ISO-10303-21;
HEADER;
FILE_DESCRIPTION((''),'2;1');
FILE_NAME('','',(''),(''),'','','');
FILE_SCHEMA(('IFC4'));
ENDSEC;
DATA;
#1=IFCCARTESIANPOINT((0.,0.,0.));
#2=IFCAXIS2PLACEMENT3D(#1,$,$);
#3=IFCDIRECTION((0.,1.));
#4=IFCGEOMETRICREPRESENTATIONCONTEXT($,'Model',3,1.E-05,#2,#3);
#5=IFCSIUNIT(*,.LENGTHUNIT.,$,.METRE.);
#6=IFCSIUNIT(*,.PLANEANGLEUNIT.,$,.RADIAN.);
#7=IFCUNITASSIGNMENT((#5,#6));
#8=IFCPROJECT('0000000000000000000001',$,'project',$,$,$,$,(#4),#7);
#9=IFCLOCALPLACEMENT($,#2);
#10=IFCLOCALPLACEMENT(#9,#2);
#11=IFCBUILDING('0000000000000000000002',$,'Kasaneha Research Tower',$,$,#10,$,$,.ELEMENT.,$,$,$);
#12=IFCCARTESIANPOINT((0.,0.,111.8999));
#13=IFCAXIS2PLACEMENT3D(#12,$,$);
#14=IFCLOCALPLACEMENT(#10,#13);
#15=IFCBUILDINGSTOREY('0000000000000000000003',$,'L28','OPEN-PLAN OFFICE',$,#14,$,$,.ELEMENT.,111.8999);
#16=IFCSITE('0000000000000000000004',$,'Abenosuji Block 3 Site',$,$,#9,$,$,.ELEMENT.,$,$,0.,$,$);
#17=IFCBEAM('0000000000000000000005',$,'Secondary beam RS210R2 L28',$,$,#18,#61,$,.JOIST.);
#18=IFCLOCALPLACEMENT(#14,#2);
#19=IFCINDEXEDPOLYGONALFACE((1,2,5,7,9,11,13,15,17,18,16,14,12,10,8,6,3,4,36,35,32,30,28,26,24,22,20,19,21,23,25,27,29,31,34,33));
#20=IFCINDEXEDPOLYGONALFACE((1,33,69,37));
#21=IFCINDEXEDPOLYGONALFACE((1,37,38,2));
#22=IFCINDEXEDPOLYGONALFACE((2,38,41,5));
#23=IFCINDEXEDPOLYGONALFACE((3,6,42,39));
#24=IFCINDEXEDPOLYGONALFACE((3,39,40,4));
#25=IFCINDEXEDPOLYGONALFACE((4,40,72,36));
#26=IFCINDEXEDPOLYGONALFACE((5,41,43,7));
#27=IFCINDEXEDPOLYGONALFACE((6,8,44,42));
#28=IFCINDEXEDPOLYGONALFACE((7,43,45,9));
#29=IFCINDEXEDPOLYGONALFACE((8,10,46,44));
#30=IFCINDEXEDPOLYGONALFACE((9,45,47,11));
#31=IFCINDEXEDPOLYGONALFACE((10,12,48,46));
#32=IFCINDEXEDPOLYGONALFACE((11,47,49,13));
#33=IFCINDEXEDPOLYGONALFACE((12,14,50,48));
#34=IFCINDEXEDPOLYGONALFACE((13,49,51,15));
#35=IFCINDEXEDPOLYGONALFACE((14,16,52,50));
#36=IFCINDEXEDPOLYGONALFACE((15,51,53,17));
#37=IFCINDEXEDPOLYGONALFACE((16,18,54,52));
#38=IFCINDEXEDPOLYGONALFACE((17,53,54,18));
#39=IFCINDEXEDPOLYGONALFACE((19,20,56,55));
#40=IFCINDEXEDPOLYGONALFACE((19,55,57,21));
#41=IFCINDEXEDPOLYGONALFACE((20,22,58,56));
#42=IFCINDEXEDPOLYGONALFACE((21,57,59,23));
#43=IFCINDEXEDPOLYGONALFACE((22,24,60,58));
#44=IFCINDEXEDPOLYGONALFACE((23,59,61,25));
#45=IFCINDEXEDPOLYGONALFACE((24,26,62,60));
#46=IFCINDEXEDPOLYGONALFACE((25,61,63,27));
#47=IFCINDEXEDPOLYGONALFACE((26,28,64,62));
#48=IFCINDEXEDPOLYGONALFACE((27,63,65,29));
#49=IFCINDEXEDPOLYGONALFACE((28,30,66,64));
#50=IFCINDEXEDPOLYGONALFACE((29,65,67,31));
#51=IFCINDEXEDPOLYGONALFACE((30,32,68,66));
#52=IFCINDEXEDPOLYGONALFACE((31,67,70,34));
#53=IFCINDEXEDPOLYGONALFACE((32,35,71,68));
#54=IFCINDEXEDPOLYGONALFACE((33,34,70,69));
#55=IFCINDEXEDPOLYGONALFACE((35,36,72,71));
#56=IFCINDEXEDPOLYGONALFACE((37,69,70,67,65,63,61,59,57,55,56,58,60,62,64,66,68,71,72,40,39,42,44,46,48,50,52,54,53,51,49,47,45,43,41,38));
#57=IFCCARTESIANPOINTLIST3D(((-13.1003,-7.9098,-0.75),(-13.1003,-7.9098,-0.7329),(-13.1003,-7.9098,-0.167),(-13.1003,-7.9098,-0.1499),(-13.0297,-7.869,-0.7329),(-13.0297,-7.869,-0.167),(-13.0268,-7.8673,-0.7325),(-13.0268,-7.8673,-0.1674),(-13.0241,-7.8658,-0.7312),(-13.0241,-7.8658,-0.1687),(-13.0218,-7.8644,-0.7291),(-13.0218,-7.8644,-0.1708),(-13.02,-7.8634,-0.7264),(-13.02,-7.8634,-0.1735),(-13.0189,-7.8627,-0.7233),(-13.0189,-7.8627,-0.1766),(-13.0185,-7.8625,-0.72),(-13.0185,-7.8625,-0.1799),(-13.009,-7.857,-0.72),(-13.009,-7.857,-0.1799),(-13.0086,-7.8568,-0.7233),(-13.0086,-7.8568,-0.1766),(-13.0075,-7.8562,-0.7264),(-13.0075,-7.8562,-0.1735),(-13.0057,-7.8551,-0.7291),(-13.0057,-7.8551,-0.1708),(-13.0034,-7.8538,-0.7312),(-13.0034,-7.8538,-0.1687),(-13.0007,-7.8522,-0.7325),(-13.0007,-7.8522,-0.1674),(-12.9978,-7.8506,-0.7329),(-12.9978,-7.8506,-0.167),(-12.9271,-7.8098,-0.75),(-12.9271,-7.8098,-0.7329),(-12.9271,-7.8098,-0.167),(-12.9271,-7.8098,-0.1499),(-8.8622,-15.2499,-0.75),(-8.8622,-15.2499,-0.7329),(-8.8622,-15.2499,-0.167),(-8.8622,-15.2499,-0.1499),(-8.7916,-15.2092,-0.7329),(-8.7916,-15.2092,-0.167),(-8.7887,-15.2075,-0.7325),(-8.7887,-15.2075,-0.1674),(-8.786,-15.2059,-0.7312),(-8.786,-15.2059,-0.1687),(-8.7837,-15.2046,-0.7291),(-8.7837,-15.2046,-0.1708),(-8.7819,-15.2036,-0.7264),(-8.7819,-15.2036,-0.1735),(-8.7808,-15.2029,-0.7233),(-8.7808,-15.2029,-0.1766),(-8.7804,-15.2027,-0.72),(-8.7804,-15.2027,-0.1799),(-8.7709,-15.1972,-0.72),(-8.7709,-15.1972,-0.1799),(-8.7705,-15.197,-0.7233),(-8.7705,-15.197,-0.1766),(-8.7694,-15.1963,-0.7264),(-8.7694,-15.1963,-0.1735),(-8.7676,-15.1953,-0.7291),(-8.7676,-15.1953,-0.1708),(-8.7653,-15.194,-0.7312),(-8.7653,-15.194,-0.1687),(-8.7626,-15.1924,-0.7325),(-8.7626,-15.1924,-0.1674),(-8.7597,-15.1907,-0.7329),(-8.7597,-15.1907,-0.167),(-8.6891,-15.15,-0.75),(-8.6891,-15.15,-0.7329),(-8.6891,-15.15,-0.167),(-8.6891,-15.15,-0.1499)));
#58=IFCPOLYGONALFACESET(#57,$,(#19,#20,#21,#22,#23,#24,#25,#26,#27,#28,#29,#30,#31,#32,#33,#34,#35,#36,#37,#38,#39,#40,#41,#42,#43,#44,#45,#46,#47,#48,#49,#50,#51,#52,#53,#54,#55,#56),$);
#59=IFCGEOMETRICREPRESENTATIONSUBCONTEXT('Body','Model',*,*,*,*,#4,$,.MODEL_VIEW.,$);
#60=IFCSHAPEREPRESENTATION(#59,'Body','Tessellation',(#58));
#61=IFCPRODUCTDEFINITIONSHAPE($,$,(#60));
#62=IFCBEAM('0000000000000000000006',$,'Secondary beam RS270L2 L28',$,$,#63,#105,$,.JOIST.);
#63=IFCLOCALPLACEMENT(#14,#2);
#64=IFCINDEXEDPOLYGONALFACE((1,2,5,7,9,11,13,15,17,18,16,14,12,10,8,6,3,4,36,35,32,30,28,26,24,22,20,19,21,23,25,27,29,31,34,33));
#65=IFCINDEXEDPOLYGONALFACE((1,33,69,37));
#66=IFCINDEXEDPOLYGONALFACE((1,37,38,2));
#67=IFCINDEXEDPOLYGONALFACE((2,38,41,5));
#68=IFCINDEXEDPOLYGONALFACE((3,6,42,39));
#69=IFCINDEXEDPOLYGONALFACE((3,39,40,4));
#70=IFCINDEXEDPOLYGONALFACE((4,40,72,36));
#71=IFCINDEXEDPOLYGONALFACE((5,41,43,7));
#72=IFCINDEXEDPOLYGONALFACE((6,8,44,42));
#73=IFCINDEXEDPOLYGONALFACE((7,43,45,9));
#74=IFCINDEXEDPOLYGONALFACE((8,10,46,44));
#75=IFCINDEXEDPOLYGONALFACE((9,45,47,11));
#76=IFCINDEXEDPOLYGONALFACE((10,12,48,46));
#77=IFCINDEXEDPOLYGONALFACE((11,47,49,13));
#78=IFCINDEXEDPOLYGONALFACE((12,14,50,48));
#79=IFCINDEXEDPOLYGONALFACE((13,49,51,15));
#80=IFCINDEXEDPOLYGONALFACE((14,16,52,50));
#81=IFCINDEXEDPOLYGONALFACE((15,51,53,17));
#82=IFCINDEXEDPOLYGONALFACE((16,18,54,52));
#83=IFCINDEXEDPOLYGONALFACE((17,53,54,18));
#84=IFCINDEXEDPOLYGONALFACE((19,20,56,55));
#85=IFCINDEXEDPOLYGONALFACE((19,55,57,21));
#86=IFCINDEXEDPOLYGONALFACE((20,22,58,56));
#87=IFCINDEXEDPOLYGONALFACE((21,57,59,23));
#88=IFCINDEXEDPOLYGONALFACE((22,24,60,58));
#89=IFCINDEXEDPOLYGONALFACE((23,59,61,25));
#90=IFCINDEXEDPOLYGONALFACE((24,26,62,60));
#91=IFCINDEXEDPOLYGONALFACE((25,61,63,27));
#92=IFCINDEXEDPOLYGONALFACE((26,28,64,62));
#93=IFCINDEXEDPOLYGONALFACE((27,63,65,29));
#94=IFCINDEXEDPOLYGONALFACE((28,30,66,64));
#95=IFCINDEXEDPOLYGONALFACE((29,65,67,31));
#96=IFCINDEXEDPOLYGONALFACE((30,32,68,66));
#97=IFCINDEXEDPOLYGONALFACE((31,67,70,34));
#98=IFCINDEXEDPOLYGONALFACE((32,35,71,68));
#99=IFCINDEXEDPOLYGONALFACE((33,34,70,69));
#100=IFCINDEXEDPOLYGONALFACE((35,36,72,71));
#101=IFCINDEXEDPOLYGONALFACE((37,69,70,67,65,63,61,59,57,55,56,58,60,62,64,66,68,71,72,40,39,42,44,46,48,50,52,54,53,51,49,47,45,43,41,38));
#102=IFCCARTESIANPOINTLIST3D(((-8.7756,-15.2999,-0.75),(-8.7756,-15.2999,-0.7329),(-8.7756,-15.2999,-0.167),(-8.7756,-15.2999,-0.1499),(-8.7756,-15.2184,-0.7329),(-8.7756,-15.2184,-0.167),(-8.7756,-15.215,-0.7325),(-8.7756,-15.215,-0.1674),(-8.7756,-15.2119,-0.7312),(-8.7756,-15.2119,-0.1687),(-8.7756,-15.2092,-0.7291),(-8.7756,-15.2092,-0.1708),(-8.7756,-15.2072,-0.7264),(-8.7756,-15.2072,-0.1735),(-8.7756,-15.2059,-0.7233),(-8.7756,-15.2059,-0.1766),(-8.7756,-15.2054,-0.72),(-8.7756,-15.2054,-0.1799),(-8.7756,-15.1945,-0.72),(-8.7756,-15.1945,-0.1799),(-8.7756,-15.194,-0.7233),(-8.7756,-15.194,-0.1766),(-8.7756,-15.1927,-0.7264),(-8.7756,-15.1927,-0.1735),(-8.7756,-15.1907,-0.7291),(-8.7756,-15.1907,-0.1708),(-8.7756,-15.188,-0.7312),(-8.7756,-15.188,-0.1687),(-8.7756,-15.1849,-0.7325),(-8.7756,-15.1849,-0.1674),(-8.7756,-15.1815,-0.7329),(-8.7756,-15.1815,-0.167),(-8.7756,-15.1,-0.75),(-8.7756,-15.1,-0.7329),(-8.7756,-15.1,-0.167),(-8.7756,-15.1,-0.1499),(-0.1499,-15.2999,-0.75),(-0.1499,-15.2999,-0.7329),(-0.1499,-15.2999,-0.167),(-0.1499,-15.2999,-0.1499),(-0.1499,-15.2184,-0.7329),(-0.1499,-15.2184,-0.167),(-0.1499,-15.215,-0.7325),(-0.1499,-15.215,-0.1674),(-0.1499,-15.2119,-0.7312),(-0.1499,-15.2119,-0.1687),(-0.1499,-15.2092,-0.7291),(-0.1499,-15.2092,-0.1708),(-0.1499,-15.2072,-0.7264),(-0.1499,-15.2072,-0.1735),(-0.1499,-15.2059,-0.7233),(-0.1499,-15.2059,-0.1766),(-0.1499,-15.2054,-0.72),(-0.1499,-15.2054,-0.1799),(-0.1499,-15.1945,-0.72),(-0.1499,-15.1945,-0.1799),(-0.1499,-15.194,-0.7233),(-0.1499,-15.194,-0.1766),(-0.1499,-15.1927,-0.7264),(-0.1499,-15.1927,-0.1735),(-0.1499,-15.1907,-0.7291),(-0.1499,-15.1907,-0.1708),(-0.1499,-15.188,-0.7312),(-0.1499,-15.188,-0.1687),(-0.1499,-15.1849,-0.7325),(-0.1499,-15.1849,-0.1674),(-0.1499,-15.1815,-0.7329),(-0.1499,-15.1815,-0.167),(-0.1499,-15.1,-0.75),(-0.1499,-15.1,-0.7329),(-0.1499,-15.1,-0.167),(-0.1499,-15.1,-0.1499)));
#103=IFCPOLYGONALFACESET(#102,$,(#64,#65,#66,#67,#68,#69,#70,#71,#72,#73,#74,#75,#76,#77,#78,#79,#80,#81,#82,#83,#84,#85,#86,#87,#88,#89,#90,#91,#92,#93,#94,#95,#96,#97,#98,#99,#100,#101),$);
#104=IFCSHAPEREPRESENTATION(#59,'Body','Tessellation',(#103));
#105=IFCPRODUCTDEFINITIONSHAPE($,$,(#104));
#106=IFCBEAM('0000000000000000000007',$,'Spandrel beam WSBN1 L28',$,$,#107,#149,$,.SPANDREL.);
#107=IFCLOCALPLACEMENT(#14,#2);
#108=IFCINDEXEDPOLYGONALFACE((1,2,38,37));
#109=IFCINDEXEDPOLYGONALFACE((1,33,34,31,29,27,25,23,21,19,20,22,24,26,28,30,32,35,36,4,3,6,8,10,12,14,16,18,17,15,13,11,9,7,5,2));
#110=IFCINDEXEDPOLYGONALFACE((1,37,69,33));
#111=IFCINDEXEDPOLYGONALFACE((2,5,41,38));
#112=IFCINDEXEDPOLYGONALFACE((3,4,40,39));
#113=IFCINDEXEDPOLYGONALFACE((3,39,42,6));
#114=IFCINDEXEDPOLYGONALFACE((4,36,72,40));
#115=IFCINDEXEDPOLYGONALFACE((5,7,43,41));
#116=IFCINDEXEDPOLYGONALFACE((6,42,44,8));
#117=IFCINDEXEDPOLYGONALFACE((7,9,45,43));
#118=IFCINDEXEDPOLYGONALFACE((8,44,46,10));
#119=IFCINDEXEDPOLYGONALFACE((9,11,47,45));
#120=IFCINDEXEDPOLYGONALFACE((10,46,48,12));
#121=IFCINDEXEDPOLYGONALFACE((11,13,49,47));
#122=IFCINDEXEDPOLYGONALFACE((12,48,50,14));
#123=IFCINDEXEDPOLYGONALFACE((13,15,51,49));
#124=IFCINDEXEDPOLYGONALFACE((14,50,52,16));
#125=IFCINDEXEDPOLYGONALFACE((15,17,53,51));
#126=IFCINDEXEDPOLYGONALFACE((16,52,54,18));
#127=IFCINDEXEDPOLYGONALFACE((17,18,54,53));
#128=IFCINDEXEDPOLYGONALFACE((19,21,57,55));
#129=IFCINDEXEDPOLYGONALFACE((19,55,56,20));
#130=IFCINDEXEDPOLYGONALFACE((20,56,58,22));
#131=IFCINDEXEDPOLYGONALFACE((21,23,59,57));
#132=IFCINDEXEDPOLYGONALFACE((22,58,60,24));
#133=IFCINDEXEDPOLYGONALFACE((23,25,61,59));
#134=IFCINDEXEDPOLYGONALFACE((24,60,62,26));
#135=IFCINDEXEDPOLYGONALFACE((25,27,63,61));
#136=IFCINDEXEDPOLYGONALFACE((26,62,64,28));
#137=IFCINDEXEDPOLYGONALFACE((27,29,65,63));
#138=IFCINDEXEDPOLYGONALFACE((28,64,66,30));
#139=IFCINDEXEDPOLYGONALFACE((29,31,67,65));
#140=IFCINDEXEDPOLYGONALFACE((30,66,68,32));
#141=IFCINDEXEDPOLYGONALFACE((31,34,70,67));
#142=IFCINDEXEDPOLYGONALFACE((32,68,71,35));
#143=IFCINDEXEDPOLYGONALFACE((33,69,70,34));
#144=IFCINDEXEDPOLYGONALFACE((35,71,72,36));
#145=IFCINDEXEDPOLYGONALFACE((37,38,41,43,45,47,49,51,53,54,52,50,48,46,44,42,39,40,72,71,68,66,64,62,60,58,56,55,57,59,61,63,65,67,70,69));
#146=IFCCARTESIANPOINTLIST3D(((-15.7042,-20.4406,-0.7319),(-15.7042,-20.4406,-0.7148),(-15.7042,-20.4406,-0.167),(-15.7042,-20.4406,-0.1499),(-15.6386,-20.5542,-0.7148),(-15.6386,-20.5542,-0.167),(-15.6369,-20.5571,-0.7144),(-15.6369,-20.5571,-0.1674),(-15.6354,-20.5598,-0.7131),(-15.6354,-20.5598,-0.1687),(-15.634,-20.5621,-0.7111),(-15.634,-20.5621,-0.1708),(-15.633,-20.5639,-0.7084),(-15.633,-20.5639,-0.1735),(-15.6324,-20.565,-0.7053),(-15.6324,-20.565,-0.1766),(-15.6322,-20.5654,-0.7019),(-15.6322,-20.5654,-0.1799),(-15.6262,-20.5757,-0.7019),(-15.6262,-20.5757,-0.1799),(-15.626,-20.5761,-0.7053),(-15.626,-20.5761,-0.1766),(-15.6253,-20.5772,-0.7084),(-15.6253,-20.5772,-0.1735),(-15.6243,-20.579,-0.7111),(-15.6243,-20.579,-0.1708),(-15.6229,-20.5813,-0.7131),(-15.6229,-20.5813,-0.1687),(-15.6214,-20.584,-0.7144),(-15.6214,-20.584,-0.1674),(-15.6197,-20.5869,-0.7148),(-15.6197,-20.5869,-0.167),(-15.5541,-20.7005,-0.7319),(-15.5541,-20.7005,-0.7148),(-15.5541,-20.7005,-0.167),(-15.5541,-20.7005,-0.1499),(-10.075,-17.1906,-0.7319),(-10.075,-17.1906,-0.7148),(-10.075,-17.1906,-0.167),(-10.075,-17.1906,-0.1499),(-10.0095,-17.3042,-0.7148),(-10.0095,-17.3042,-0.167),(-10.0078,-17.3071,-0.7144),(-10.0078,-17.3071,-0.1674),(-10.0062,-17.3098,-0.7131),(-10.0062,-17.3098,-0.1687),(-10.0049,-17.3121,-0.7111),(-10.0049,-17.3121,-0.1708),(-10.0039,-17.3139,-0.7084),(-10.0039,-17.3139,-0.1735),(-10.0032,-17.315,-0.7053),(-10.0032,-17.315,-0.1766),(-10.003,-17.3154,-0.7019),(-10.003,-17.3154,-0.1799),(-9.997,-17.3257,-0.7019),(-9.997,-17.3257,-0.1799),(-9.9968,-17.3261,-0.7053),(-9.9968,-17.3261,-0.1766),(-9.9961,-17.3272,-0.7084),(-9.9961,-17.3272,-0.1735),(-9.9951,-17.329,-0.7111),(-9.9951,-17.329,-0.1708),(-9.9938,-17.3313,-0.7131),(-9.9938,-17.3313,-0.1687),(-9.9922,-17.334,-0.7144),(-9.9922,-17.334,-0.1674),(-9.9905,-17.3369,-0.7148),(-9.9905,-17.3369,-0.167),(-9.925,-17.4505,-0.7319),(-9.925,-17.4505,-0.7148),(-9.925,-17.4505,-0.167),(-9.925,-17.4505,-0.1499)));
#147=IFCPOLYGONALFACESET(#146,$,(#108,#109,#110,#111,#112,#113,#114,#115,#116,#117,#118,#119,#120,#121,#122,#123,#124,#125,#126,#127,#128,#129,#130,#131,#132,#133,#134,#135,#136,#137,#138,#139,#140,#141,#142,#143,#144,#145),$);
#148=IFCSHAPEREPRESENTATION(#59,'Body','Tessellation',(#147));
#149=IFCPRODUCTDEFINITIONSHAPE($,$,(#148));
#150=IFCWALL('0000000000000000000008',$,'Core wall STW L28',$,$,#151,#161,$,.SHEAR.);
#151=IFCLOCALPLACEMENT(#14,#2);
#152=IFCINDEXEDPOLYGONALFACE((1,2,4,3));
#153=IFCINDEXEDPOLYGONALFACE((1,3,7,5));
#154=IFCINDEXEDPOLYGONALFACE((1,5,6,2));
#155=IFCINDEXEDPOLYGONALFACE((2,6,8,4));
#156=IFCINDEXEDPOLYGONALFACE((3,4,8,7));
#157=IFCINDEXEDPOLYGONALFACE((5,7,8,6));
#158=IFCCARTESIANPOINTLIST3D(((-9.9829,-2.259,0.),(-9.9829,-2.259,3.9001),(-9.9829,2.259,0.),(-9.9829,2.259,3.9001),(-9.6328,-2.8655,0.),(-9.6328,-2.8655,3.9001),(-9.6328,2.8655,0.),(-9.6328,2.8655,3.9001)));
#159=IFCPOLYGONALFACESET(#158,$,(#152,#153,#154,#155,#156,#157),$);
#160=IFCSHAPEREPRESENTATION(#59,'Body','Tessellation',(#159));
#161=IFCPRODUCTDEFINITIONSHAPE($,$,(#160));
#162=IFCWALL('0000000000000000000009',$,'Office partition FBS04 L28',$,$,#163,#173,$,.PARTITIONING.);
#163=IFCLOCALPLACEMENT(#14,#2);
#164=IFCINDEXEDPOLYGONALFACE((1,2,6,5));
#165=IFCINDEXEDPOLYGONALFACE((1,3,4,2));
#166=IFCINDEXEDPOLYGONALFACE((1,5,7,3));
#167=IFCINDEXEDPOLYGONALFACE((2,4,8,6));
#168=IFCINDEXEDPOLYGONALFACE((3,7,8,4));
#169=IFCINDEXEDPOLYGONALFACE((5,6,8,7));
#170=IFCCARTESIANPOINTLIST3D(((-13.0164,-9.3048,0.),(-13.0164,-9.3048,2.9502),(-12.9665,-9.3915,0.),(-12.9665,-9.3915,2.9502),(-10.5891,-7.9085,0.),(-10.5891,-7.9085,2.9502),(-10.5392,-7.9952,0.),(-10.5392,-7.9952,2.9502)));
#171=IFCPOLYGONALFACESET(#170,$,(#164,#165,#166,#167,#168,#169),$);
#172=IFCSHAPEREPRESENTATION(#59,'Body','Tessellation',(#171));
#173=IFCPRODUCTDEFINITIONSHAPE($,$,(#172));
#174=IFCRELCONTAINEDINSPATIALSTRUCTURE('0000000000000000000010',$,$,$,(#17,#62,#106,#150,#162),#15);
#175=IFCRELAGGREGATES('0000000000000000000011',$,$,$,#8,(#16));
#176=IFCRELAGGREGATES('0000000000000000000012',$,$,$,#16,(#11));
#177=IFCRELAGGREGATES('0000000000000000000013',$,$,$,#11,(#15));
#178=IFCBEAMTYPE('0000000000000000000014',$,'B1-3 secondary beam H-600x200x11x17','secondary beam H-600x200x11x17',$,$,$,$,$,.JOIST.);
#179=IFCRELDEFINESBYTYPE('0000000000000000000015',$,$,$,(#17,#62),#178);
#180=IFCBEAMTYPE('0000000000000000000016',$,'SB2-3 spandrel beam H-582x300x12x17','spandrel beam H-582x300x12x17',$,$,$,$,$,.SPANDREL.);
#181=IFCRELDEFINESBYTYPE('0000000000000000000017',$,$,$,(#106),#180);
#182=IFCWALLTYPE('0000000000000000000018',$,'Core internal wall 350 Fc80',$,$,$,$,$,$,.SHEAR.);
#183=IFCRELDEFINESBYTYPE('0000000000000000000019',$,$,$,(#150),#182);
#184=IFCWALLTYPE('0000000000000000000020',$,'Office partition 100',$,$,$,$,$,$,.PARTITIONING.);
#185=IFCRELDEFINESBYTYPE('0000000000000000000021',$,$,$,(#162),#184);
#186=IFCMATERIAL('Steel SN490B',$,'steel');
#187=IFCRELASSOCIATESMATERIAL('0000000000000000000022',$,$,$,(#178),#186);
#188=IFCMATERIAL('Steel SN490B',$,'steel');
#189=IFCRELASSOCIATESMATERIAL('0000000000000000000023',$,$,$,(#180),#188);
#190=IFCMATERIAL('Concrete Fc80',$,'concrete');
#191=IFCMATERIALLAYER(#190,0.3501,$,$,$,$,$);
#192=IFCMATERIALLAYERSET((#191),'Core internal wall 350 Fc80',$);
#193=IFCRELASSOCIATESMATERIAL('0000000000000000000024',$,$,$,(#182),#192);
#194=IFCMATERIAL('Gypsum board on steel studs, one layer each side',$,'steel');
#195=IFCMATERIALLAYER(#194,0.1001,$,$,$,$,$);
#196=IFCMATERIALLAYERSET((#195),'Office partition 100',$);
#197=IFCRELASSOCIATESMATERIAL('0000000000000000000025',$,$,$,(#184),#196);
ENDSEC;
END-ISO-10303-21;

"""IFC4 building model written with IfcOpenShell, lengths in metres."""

from ifc_helpers import new_model, si_unit, direction, frame, frame_2d, origin, origin_2d, place, context, subcontext, project, spatial, polyline, rectangle, i_section, outline, extrude, material, layer, layer_set, material_profile, profile_set, type_object, element, save


model = new_model("IFC4")

# Units and contexts
model_context = context("Model", 3, precision=1e-05, world=origin(), true_north=direction((0.0, 1.0)))
body_context = subcontext(model_context, "Body", "Model", "MODEL_VIEW")
ifc_project = project(units=[si_unit("LENGTHUNIT", "METRE"), si_unit("PLANEANGLEUNIT", "RADIAN")], contexts=[model_context])

# Site, building, storey
site_placement = place(None, origin())
site = spatial("IfcSite", under=ifc_project, at=site_placement, Name="Abenosuji Block 3 Site", CompositionType="ELEMENT", RefElevation=0.0)
building_placement = place(site_placement, origin())
building = spatial("IfcBuilding", under=site, at=building_placement, Name="Kasaneha Research Tower", CompositionType="ELEMENT")
storey_placement = place(building_placement, frame((0.0, 0.0, 111.8999)))
storey = spatial("IfcBuildingStorey", under=building, at=storey_placement, Name="L28", Description="OPEN-PLAN OFFICE", CompositionType="ELEMENT", Elevation=111.8999)

# Beams
ifc_material_1 = material(Name="Steel SN490B", Category="steel")
ifc_material_profile_1 = material_profile(ifc_material_1, i_section(OverallWidth=0.2, OverallDepth=0.6001, WebThickness=0.011, FlangeThickness=0.0171, FilletRadius=0.0129, at=origin_2d()), Name="H-600x200x11x17")
ifc_profile_set_1 = profile_set([ifc_material_profile_1], Name="Steel SN490B")
beam_type_1 = type_object("IfcBeamType", Name="B1-3 secondary beam H-600x200x11x17", Description="secondary beam H-600x200x11x17", PredefinedType="JOIST", material=ifc_profile_set_1)
beam_1_placement = place(storey_placement, frame((-8.7756, -15.2, -0.45), z_axis=(-0.500021, 0.866013, 0.0), x_axis=(-0.866013, -0.500021, 0.0)))
element("IfcBeam", 1, at=beam_1_placement, inside=storey, type_object=beam_type_1, Name="Secondary beam RS210R2 L28", PredefinedType="JOIST", context=body_context, shape_type="SweptSolid", body=[
    extrude(i_section(OverallWidth=0.2, OverallDepth=0.6001, WebThickness=0.011, FlangeThickness=0.0171, FilletRadius=0.0129, at=origin_2d()), origin(), (0.0, 0.0, 1.0), 8.4758),
])
beam_2_placement = place(storey_placement, frame((-8.7756, -15.2, -0.45), z_axis=(1.0, 0.0, 0.0), x_axis=(0.0, 1.0, 0.0)))
element("IfcBeam", 2, at=beam_2_placement, inside=storey, type_object=beam_type_1, Name="Secondary beam RS270L2 L28", PredefinedType="JOIST", context=body_context, shape_type="SweptSolid", body=[
    extrude(i_section(OverallWidth=0.2, OverallDepth=0.6001, WebThickness=0.011, FlangeThickness=0.0171, FilletRadius=0.0129, at=origin_2d()), origin(), (0.0, 0.0, 1.0), 8.6257),
])
ifc_material_2 = material(Name="Steel SN490B", Category="steel")
ifc_material_profile_2 = material_profile(ifc_material_2, i_section(OverallWidth=0.3, OverallDepth=0.582, WebThickness=0.012, FlangeThickness=0.0171, FilletRadius=0.0129, at=origin_2d()), Name="H-582x300x12x17")
ifc_profile_set_2 = profile_set([ifc_material_profile_2], Name="Steel SN490B")
beam_type_2 = type_object("IfcBeamType", Name="SB2-3 spandrel beam H-582x300x12x17", Description="spandrel beam H-582x300x12x17", PredefinedType="SPANDREL", material=ifc_profile_set_2)
beam_3_placement = place(storey_placement, frame((-10.0, -17.3206, -0.4409), z_axis=(-0.866025, -0.500001, 0.0), x_axis=(0.500001, -0.866025, 0.0)))
element("IfcBeam", 3, at=beam_3_placement, inside=storey, type_object=beam_type_2, Name="Spandrel beam WSBN1 L28", PredefinedType="SPANDREL", context=body_context, shape_type="SweptSolid", body=[
    extrude(i_section(OverallWidth=0.3, OverallDepth=0.582, WebThickness=0.012, FlangeThickness=0.0171, FilletRadius=0.0129, at=origin_2d()), origin(), (0.0, 0.0, 1.0), 6.5),
])

# Shared definitions
ifc_material_3 = material(Name="Concrete Fc80", Category="concrete")
ifc_layer_1 = layer(ifc_material_3, 0.3501)
ifc_layer_set_1 = layer_set([ifc_layer_1], Name="Core internal wall 350 Fc80")
wall_type_1 = type_object("IfcWallType", Name="Core internal wall 350 Fc80", PredefinedType="SHEAR", material=ifc_layer_set_1)

# Walls
wall_1_placement = place(storey_placement, frame((-9.8079, -2.5623, 0.0), z_axis=(0.0, 0.0, 1.0), x_axis=(0.0, 1.0, 0.0)))
element("IfcWall", 4, at=wall_1_placement, inside=storey, type_object=wall_type_1, Name="Core wall STW L28", PredefinedType="SHEAR", context=body_context, shape_type="SweptSolid", body=[
    extrude(outline(polyline([(-0.3032, -0.175), (5.4277, -0.175), (4.8213, 0.175), (0.3032, 0.175), (-0.3032, -0.175)])), origin(), (0.0, 0.0, 1.0), 3.9001),
])
ifc_material_4 = material(Name="Gypsum board on steel studs, one layer each side", Category="steel")
ifc_layer_2 = layer(ifc_material_4, 0.1001)
ifc_layer_set_2 = layer_set([ifc_layer_2], Name="Office partition 100")
wall_type_2 = type_object("IfcWallType", Name="Office partition 100", PredefinedType="PARTITIONING", material=ifc_layer_set_2)
wall_2_placement = place(storey_placement, frame((-12.9915, -9.3481, 0.0), z_axis=(0.0, 0.0, 1.0), x_axis=(0.866818, 0.498625, 0.0)))
element("IfcWall", 5, at=wall_2_placement, inside=storey, type_object=wall_type_2, Name="Office partition FBS04 L28", PredefinedType="PARTITIONING", context=body_context, shape_type="SweptSolid", body=[
    extrude(rectangle(XDim=2.8003, YDim=0.1001, at=frame_2d((1.4001, 0.0))), origin(), (0.0, 0.0, 1.0), 2.9502),
])

save(model, "model.ifc")
